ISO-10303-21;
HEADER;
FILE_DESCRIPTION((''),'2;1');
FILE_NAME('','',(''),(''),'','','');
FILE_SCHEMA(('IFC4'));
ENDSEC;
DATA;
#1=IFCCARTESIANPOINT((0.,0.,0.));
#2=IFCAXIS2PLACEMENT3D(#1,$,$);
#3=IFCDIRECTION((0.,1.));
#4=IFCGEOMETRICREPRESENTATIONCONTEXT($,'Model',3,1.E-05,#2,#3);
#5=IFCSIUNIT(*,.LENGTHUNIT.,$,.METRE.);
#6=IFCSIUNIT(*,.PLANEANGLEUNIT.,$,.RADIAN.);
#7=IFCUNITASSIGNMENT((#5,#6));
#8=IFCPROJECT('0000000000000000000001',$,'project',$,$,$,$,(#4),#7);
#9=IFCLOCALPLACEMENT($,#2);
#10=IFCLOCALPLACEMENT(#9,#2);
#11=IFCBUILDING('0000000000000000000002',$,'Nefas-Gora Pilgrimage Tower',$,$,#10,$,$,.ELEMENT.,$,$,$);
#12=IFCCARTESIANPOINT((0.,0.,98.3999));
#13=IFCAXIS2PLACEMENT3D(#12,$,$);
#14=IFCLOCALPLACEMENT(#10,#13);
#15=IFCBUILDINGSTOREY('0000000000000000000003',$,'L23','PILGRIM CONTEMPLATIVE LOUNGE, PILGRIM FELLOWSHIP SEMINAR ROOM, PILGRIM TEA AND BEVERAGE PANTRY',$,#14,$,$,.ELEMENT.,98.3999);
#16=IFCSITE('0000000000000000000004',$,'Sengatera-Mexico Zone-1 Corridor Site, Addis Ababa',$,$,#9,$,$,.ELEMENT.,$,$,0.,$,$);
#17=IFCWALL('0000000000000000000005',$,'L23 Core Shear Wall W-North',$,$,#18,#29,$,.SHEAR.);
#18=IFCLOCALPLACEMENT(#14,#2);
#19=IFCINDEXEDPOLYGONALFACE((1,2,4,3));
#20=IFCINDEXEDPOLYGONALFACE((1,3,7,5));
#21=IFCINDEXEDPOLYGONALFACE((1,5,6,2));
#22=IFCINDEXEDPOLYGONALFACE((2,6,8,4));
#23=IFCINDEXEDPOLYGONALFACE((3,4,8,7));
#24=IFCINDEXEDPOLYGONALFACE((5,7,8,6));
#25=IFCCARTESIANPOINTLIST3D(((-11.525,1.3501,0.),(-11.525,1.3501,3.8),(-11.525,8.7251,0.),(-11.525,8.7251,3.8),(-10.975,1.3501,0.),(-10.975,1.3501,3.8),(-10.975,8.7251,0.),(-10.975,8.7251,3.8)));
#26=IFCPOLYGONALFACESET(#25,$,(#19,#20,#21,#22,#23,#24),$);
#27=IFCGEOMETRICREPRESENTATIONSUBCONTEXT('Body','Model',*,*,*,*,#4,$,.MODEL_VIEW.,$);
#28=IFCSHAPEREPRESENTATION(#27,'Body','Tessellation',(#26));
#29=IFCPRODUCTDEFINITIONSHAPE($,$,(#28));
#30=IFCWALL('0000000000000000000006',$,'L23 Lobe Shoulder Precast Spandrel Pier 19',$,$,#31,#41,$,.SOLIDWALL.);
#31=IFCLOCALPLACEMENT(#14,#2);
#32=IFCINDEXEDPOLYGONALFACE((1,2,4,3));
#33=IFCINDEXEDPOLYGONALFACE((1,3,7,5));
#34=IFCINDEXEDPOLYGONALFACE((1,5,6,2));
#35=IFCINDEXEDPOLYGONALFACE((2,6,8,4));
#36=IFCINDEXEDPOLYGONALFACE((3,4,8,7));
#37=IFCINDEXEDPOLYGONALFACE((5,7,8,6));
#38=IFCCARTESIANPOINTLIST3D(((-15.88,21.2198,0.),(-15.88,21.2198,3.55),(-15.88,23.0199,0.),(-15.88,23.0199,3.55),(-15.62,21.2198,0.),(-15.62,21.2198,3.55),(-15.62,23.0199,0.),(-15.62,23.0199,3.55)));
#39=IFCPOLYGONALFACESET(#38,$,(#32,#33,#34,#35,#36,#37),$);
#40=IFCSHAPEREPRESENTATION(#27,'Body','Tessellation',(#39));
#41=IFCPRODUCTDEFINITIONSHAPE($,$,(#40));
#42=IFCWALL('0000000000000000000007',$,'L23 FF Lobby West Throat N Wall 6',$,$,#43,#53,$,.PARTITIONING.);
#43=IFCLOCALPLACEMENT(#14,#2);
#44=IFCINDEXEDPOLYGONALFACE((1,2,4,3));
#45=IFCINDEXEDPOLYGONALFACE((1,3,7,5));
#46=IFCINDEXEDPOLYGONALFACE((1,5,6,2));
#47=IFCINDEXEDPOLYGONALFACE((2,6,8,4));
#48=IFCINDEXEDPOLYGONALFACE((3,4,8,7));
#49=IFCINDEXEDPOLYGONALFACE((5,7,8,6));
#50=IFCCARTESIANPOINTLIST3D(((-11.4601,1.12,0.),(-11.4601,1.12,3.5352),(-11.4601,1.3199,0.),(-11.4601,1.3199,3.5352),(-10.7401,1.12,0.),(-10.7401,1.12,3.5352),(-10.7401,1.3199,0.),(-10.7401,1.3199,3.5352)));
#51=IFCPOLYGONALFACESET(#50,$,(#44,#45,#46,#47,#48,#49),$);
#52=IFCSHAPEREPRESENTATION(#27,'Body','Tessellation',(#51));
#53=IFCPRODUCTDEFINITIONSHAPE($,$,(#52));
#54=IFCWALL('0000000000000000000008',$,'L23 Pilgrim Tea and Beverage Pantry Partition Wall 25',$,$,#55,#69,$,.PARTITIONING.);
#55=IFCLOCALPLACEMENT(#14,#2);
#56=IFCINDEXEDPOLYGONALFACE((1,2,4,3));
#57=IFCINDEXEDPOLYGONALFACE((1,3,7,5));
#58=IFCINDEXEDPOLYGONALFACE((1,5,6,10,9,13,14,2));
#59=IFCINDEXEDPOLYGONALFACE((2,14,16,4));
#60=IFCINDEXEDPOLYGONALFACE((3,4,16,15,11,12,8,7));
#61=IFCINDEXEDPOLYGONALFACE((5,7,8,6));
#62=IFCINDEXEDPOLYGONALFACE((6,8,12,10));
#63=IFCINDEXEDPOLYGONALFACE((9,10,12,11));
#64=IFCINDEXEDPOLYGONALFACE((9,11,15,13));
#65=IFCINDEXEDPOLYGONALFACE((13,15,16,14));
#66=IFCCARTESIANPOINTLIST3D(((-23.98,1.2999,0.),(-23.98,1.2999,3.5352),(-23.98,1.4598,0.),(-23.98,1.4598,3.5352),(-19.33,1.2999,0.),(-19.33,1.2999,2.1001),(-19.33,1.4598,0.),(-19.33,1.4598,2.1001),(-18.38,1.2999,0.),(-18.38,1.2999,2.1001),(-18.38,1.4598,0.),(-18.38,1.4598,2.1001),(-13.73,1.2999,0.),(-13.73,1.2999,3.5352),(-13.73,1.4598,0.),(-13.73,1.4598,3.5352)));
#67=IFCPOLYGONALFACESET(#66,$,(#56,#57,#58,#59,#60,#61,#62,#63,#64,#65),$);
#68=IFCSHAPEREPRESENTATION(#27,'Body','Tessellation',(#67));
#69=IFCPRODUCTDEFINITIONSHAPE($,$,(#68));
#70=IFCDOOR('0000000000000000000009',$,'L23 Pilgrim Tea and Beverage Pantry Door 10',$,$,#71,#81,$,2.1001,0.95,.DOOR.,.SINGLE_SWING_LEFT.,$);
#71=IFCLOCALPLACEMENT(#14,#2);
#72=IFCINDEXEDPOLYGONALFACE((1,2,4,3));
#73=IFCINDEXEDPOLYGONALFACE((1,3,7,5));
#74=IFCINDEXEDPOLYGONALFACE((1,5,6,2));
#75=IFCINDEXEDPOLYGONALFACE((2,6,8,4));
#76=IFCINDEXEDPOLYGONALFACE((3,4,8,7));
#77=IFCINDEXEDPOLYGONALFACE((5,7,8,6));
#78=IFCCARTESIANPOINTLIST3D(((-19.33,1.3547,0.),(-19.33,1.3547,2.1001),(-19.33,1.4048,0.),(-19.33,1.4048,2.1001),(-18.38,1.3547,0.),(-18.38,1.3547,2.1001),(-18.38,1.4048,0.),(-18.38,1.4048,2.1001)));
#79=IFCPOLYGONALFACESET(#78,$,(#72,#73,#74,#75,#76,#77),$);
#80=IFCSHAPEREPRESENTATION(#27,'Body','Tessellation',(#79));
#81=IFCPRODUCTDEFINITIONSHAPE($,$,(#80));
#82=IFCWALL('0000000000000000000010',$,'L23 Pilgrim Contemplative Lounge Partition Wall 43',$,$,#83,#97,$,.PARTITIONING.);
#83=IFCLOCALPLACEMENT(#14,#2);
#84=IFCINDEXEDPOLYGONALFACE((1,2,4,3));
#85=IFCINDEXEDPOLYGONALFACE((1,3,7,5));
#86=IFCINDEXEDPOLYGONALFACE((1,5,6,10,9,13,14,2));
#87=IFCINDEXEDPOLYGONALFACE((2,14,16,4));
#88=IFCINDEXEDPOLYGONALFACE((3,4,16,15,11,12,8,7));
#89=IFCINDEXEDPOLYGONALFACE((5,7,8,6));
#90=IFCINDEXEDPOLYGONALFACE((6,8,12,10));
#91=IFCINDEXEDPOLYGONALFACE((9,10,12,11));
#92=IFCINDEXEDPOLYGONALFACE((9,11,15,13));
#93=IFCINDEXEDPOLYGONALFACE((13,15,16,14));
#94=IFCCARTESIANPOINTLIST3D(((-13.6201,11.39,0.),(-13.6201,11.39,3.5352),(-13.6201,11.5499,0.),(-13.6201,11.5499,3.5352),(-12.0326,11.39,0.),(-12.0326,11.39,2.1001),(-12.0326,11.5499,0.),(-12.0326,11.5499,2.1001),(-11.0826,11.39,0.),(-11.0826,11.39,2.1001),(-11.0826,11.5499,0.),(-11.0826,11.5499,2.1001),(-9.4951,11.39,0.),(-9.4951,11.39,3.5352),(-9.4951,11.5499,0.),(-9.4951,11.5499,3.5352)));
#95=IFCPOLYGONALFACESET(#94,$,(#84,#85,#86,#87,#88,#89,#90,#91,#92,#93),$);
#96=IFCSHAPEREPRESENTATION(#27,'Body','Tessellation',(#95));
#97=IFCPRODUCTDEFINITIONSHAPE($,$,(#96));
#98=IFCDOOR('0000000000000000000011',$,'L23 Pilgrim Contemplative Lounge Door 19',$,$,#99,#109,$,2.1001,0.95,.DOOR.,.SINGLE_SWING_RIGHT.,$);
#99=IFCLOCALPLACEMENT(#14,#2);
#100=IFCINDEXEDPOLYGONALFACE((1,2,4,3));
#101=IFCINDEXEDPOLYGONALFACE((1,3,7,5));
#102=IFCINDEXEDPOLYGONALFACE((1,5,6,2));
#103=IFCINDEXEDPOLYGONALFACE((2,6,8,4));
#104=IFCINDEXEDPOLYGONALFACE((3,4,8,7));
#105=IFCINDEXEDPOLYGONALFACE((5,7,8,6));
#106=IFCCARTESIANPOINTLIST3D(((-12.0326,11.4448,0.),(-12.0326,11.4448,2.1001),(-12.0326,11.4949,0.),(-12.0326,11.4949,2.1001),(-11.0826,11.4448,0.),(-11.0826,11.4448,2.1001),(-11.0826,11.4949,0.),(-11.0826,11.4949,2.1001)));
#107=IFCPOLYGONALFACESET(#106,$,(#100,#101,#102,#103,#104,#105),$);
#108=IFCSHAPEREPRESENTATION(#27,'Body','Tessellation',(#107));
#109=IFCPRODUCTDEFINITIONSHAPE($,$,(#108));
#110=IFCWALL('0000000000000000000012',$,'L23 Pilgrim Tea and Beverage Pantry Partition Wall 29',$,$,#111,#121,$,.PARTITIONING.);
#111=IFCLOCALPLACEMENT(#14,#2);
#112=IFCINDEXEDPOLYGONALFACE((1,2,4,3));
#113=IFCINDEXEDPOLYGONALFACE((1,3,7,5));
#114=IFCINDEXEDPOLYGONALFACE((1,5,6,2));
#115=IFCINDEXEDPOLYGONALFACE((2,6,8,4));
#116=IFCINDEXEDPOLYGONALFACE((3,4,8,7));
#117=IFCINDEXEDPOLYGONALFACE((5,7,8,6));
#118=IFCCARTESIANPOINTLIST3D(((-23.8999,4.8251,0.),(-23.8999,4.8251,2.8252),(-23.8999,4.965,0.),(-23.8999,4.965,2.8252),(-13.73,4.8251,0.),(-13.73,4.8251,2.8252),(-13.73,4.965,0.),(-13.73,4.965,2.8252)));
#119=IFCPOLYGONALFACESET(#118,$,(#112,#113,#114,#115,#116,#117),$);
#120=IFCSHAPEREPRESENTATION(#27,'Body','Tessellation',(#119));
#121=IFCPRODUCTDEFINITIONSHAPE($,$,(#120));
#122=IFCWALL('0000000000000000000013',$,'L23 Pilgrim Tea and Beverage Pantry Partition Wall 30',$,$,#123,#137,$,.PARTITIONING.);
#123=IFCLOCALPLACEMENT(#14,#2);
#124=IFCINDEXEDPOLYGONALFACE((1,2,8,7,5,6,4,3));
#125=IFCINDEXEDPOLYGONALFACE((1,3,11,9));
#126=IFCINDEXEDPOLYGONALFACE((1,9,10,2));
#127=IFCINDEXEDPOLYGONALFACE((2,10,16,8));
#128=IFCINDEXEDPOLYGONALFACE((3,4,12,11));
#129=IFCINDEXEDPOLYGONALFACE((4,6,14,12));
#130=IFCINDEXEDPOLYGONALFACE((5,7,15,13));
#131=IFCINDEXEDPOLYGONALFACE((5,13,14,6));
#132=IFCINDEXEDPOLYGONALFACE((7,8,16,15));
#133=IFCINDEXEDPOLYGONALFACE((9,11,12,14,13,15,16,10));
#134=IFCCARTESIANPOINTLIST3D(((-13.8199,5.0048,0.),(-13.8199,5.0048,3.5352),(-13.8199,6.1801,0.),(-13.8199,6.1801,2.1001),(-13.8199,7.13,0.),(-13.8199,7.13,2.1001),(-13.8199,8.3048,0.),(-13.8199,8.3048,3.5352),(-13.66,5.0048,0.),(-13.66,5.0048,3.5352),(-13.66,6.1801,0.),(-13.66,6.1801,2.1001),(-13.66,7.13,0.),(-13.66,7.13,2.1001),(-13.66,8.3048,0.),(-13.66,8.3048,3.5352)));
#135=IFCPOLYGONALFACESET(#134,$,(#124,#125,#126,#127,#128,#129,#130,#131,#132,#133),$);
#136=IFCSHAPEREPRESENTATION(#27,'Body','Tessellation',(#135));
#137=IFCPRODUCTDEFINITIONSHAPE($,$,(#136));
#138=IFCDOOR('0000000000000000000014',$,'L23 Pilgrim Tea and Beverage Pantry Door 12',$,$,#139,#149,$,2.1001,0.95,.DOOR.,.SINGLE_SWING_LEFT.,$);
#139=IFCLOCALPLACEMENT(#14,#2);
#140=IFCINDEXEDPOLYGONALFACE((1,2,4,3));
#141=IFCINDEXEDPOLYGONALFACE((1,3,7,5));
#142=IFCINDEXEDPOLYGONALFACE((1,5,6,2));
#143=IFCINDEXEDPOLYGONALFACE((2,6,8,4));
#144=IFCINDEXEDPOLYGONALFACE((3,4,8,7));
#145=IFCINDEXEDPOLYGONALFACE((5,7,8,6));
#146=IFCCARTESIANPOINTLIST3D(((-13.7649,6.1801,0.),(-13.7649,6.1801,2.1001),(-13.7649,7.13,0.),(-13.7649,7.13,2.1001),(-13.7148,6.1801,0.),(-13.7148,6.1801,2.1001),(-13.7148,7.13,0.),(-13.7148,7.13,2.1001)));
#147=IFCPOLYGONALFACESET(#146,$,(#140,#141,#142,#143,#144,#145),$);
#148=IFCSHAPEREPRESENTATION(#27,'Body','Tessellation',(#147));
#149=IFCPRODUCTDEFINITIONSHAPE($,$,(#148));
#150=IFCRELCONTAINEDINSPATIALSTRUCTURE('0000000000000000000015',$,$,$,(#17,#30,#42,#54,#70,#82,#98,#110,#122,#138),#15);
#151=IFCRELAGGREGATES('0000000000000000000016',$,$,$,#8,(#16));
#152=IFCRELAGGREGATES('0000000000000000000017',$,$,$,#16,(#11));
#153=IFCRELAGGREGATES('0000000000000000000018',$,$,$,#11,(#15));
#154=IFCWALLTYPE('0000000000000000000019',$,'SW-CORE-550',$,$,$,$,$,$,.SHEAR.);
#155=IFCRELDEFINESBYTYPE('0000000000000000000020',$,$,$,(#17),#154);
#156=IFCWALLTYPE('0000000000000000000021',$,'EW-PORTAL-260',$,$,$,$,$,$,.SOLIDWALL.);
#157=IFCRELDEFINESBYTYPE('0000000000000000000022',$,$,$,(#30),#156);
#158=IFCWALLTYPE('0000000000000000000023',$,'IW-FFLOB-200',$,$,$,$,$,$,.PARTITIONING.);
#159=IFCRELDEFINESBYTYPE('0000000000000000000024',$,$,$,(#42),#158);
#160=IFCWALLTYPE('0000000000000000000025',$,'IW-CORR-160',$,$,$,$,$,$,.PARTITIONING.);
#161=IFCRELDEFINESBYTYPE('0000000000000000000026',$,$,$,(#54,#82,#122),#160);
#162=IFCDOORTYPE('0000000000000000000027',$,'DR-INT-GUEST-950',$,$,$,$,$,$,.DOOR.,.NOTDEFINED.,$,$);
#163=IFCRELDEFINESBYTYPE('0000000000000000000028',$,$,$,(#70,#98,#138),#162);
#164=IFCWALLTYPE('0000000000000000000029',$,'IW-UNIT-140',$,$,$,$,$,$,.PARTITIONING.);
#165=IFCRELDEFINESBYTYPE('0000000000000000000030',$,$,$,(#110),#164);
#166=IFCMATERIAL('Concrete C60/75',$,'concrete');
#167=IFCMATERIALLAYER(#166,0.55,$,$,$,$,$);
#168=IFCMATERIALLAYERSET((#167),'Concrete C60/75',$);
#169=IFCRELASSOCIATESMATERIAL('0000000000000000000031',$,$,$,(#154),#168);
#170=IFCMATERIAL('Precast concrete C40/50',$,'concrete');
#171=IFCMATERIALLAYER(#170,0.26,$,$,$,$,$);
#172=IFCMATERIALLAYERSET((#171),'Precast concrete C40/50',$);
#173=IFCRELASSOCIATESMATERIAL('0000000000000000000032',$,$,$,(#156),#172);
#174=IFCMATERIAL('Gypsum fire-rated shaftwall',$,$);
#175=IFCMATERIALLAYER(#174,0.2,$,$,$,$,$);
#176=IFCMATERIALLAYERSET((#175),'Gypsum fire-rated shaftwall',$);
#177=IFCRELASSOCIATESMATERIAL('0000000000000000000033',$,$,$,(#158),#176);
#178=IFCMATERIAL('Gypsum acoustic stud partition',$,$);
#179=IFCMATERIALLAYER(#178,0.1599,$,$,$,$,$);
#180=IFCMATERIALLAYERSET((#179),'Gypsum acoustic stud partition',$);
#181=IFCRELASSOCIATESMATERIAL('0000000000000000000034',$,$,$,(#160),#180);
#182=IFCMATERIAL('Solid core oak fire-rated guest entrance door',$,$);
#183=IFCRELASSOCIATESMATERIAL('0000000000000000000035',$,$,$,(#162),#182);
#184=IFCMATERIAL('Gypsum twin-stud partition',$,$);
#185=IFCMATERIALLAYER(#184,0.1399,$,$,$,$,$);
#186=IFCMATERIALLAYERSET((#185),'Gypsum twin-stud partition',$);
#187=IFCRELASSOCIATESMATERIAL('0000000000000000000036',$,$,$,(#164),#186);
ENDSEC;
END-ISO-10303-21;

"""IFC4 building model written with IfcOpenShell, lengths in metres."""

from ifc_helpers import new_model, si_unit, direction, frame, frame_2d, origin, place, context, subcontext, project, spatial, rectangle, extrude, source, transform, mapped, material, layer, layer_set, type_object, element, fill, save


model = new_model("IFC4")

# Units and contexts
model_context = context("Model", 3, precision=1e-05, world=origin(), true_north=direction((0.0, 1.0)))
body_context = subcontext(model_context, "Body", "Model", "MODEL_VIEW")
ifc_project = project(units=[si_unit("LENGTHUNIT", "METRE"), si_unit("PLANEANGLEUNIT", "RADIAN")], contexts=[model_context])

# Site, building, storey
site_placement = place(None, origin())
site = spatial("IfcSite", under=ifc_project, at=site_placement, Name="Sengatera-Mexico Zone-1 Corridor Site, Addis Ababa", CompositionType="ELEMENT", RefElevation=0.0)
building_placement = place(site_placement, origin())
building = spatial("IfcBuilding", under=site, at=building_placement, Name="Nefas-Gora Pilgrimage Tower", CompositionType="ELEMENT")
storey_placement = place(building_placement, frame((0.0, 0.0, 98.3999)))
storey = spatial("IfcBuildingStorey", under=building, at=storey_placement, Name="L23", Description="PILGRIM CONTEMPLATIVE LOUNGE, PILGRIM FELLOWSHIP SEMINAR ROOM, PILGRIM TEA AND BEVERAGE PANTRY", CompositionType="ELEMENT", Elevation=98.3999)

# Walls
ifc_material_1 = material(Name="Concrete C60/75", Category="concrete")
ifc_layer_1 = layer(ifc_material_1, 0.55)
ifc_layer_set_1 = layer_set([ifc_layer_1], Name="Concrete C60/75")
wall_type_1 = type_object("IfcWallType", Name="SW-CORE-550", PredefinedType="SHEAR", material=ifc_layer_set_1)
shared_shape_1 = source(origin(), body_context, "Body", "SweptSolid", [
    extrude(rectangle(XDim=7.375, YDim=0.55, at=frame_2d((3.6875, 0.0))), origin(), (0.0, 0.0, 1.0), 3.8),
])
wall_1_placement = place(storey_placement, frame((-11.25, 1.3501, 0.0), z_axis=(0.0, 0.0, 1.0), x_axis=(0.0, 1.0, 0.0)))
element("IfcWall", 1, at=wall_1_placement, inside=storey, type_object=wall_type_1, Name="L23 Core Shear Wall W-North", PredefinedType="SHEAR", context=body_context, shape_type="MappedRepresentation", body=[
    mapped(shared_shape_1, transform((0.0, 0.0, 0.0), x_axis=(1.0, 0.0, 0.0), y_axis=(0.0, 1.0, 0.0), z_axis=(0.0, 0.0, 1.0), scale=1.0)),
])
ifc_material_2 = material(Name="Precast concrete C40/50", Category="concrete")
ifc_layer_2 = layer(ifc_material_2, 0.26)
ifc_layer_set_2 = layer_set([ifc_layer_2], Name="Precast concrete C40/50")
wall_type_2 = type_object("IfcWallType", Name="EW-PORTAL-260", PredefinedType="SOLIDWALL", material=ifc_layer_set_2)
shared_shape_2 = source(origin(), body_context, "Body", "SweptSolid", [
    extrude(rectangle(XDim=1.8, YDim=0.26, at=frame_2d((0.8999, 0.0))), origin(), (0.0, 0.0, 1.0), 3.55),
])
wall_2_placement = place(storey_placement, frame((-15.75, 21.22, 0.0), z_axis=(0.0, 0.0, 1.0), x_axis=(0.0, 1.0, 0.0)))
element("IfcWall", 2, at=wall_2_placement, inside=storey, type_object=wall_type_2, Name="L23 Lobe Shoulder Precast Spandrel Pier 19", PredefinedType="SOLIDWALL", context=body_context, shape_type="MappedRepresentation", body=[
    mapped(shared_shape_2, transform((0.0, 0.0, 0.0), x_axis=(1.0, 0.0, 0.0), y_axis=(0.0, 1.0, 0.0), z_axis=(0.0, 0.0, 1.0), scale=1.0)),
])
ifc_material_3 = material(Name="Gypsum fire-rated shaftwall")
ifc_layer_3 = layer(ifc_material_3, 0.2)
ifc_layer_set_3 = layer_set([ifc_layer_3], Name="Gypsum fire-rated shaftwall")
wall_type_3 = type_object("IfcWallType", Name="IW-FFLOB-200", PredefinedType="PARTITIONING", material=ifc_layer_set_3)
shared_shape_3 = source(origin(), body_context, "Body", "SweptSolid", [
    extrude(rectangle(XDim=0.72, YDim=0.2, at=frame_2d((0.3599, 0.0))), origin(), (0.0, 0.0, 1.0), 3.5352),
])
wall_3_placement = place(storey_placement, frame((-11.46, 1.22, 0.0), z_axis=(0.0, 0.0, 1.0), x_axis=(1.0, 0.0, 0.0)))
element("IfcWall", 3, at=wall_3_placement, inside=storey, type_object=wall_type_3, Name="L23 FF Lobby West Throat N Wall 6", PredefinedType="PARTITIONING", context=body_context, shape_type="MappedRepresentation", body=[
    mapped(shared_shape_3, transform((0.0, 0.0, 0.0), x_axis=(1.0, 0.0, 0.0), y_axis=(0.0, 1.0, 0.0), z_axis=(0.0, 0.0, 1.0), scale=1.0)),
])

# Walls, openings, doors
ifc_material_4 = material(Name="Gypsum acoustic stud partition")
ifc_layer_4 = layer(ifc_material_4, 0.1599)
ifc_layer_set_4 = layer_set([ifc_layer_4], Name="Gypsum acoustic stud partition")
wall_type_4 = type_object("IfcWallType", Name="IW-CORR-160", PredefinedType="PARTITIONING", material=ifc_layer_set_4)
shared_shape_4 = source(origin(), body_context, "Body", "SweptSolid", [
    extrude(rectangle(XDim=10.25, YDim=0.1599, at=frame_2d((5.125, 0.0))), origin(), (0.0, 0.0, 1.0), 3.5352),
])
wall_4_placement = place(storey_placement, frame((-23.98, 1.3799, 0.0), z_axis=(0.0, 0.0, 1.0), x_axis=(1.0, 0.0, 0.0)))
wall_4 = element("IfcWall", 4, at=wall_4_placement, inside=storey, type_object=wall_type_4, Name="L23 Pilgrim Tea and Beverage Pantry Partition Wall 25", PredefinedType="PARTITIONING", context=body_context, shape_type="MappedRepresentation", body=[
    mapped(shared_shape_4, transform((0.0, 0.0, 0.0), x_axis=(1.0, 0.0, 0.0), y_axis=(0.0, 1.0, 0.0), z_axis=(0.0, 0.0, 1.0), scale=1.0)),
])
opening_1_placement = place(wall_4_placement, frame((4.6499, 0.0, 0.0)))
opening_1 = element("IfcOpeningElement", 5, at=opening_1_placement, cuts=wall_4, PredefinedType="OPENING", context=body_context, shape_type="SweptSolid", body=[
    extrude(rectangle(XDim=0.95, YDim=2.1001, at=frame_2d((0.4751, 1.05))), frame((0.0, 0.0898, 0.0), z_axis=(0.0, -1.0, 0.0), x_axis=(1.0, 0.0, 0.0)), (0.0, 0.0, 1.0), 0.1799),
])
ifc_material_5 = material(Name="Solid core oak fire-rated guest entrance door")
door_type = type_object("IfcDoorType", Name="DR-INT-GUEST-950", OperationType="NOTDEFINED", PredefinedType="DOOR", material=ifc_material_5)
shared_shape_5 = source(origin(), body_context, "Body", "SweptSolid", [
    extrude(rectangle(XDim=0.95, YDim=2.1001, at=frame_2d((0.4751, 1.05))), frame((0.0, 0.0249, 0.0), z_axis=(0.0, -1.0, 0.0), x_axis=(1.0, 0.0, 0.0)), (0.0, 0.0, 1.0), 0.05),
])
door_1_placement = place(opening_1_placement, origin())
door_1 = element("IfcDoor", 6, at=door_1_placement, inside=storey, type_object=door_type, Name="L23 Pilgrim Tea and Beverage Pantry Door 10", OperationType="SINGLE_SWING_LEFT", OverallHeight=2.1001, OverallWidth=0.95, PredefinedType="DOOR", context=body_context, shape_type="MappedRepresentation", body=[
    mapped(shared_shape_5, transform((0.0, 0.0, 0.0), x_axis=(1.0, 0.0, 0.0), y_axis=(0.0, 1.0, 0.0), z_axis=(0.0, 0.0, 1.0), scale=1.0)),
])
fill(opening_1, door_1)
shared_shape_6 = source(origin(), body_context, "Body", "SweptSolid", [
    extrude(rectangle(XDim=4.125, YDim=0.1599, at=frame_2d((2.0625, 0.0))), origin(), (0.0, 0.0, 1.0), 3.5352),
])
wall_5_placement = place(storey_placement, frame((-13.6201, 11.47, 0.0), z_axis=(0.0, 0.0, 1.0), x_axis=(1.0, 0.0, 0.0)))
wall_5 = element("IfcWall", 7, at=wall_5_placement, inside=storey, type_object=wall_type_4, Name="L23 Pilgrim Contemplative Lounge Partition Wall 43", PredefinedType="PARTITIONING", context=body_context, shape_type="MappedRepresentation", body=[
    mapped(shared_shape_6, transform((0.0, 0.0, 0.0), x_axis=(1.0, 0.0, 0.0), y_axis=(0.0, 1.0, 0.0), z_axis=(0.0, 0.0, 1.0), scale=1.0)),
])
opening_2_placement = place(wall_5_placement, frame((1.5874, 0.0, 0.0)))
opening_2 = element("IfcOpeningElement", 8, at=opening_2_placement, cuts=wall_5, PredefinedType="OPENING", context=body_context, shape_type="SweptSolid", body=[
    extrude(rectangle(XDim=0.95, YDim=2.1001, at=frame_2d((0.4751, 1.05))), frame((0.0, 0.0898, 0.0), z_axis=(0.0, -1.0, 0.0), x_axis=(1.0, 0.0, 0.0)), (0.0, 0.0, 1.0), 0.1799),
])
door_2_placement = place(opening_2_placement, origin())
door_2 = element("IfcDoor", 9, at=door_2_placement, inside=storey, type_object=door_type, Name="L23 Pilgrim Contemplative Lounge Door 19", OperationType="SINGLE_SWING_RIGHT", OverallHeight=2.1001, OverallWidth=0.95, PredefinedType="DOOR", context=body_context, shape_type="MappedRepresentation", body=[
    mapped(shared_shape_5, transform((0.0, 0.0, 0.0), x_axis=(1.0, 0.0, 0.0), y_axis=(0.0, 1.0, 0.0), z_axis=(0.0, 0.0, 1.0), scale=1.0)),
])
fill(opening_2, door_2)

# Wall
ifc_material_6 = material(Name="Gypsum twin-stud partition")
ifc_layer_5 = layer(ifc_material_6, 0.1399)
ifc_layer_set_5 = layer_set([ifc_layer_5], Name="Gypsum twin-stud partition")
wall_type_5 = type_object("IfcWallType", Name="IW-UNIT-140", PredefinedType="PARTITIONING", material=ifc_layer_set_5)
shared_shape_7 = source(origin(), body_context, "Body", "SweptSolid", [
    extrude(rectangle(XDim=10.1699, YDim=0.1399, at=frame_2d((5.085, 0.0))), origin(), (0.0, 0.0, 1.0), 2.8252),
])
wall_6_placement = place(storey_placement, frame((-23.8999, 4.895, 0.0), z_axis=(0.0, 0.0, 1.0), x_axis=(1.0, 0.0, 0.0)))
element("IfcWall", 10, at=wall_6_placement, inside=storey, type_object=wall_type_5, Name="L23 Pilgrim Tea and Beverage Pantry Partition Wall 29", PredefinedType="PARTITIONING", context=body_context, shape_type="MappedRepresentation", body=[
    mapped(shared_shape_7, transform((0.0, 0.0, 0.0), x_axis=(1.0, 0.0, 0.0), y_axis=(0.0, 1.0, 0.0), z_axis=(0.0, 0.0, 1.0), scale=1.0)),
])

# Wall, opening, door
shared_shape_8 = source(origin(), body_context, "Body", "SweptSolid", [
    extrude(rectangle(XDim=3.3, YDim=0.1599, at=frame_2d((1.6499, 0.0))), origin(), (0.0, 0.0, 1.0), 3.5352),
])
wall_7_placement = place(storey_placement, frame((-13.74, 5.0049, 0.0), z_axis=(0.0, 0.0, 1.0), x_axis=(0.0, 1.0, 0.0)))
wall_7 = element("IfcWall", 11, at=wall_7_placement, inside=storey, type_object=wall_type_4, Name="L23 Pilgrim Tea and Beverage Pantry Partition Wall 30", PredefinedType="PARTITIONING", context=body_context, shape_type="MappedRepresentation", body=[
    mapped(shared_shape_8, transform((0.0, 0.0, 0.0), x_axis=(1.0, 0.0, 0.0), y_axis=(0.0, 1.0, 0.0), z_axis=(0.0, 0.0, 1.0), scale=1.0)),
])
opening_3_placement = place(wall_7_placement, frame((1.175, 0.0, 0.0)))
opening_3 = element("IfcOpeningElement", 12, at=opening_3_placement, cuts=wall_7, PredefinedType="OPENING", context=body_context, shape_type="SweptSolid", body=[
    extrude(rectangle(XDim=0.95, YDim=2.1001, at=frame_2d((0.4751, 1.05))), frame((0.0, 0.0898, 0.0), z_axis=(0.0, -1.0, 0.0), x_axis=(1.0, 0.0, 0.0)), (0.0, 0.0, 1.0), 0.1799),
])
door_3_placement = place(opening_3_placement, origin())
door_3 = element("IfcDoor", 13, at=door_3_placement, inside=storey, type_object=door_type, Name="L23 Pilgrim Tea and Beverage Pantry Door 12", OperationType="SINGLE_SWING_LEFT", OverallHeight=2.1001, OverallWidth=0.95, PredefinedType="DOOR", context=body_context, shape_type="MappedRepresentation", body=[
    mapped(shared_shape_5, transform((0.0, 0.0, 0.0), x_axis=(1.0, 0.0, 0.0), y_axis=(0.0, 1.0, 0.0), z_axis=(0.0, 0.0, 1.0), scale=1.0)),
])
fill(opening_3, door_3)

save(model, "model.ifc")
